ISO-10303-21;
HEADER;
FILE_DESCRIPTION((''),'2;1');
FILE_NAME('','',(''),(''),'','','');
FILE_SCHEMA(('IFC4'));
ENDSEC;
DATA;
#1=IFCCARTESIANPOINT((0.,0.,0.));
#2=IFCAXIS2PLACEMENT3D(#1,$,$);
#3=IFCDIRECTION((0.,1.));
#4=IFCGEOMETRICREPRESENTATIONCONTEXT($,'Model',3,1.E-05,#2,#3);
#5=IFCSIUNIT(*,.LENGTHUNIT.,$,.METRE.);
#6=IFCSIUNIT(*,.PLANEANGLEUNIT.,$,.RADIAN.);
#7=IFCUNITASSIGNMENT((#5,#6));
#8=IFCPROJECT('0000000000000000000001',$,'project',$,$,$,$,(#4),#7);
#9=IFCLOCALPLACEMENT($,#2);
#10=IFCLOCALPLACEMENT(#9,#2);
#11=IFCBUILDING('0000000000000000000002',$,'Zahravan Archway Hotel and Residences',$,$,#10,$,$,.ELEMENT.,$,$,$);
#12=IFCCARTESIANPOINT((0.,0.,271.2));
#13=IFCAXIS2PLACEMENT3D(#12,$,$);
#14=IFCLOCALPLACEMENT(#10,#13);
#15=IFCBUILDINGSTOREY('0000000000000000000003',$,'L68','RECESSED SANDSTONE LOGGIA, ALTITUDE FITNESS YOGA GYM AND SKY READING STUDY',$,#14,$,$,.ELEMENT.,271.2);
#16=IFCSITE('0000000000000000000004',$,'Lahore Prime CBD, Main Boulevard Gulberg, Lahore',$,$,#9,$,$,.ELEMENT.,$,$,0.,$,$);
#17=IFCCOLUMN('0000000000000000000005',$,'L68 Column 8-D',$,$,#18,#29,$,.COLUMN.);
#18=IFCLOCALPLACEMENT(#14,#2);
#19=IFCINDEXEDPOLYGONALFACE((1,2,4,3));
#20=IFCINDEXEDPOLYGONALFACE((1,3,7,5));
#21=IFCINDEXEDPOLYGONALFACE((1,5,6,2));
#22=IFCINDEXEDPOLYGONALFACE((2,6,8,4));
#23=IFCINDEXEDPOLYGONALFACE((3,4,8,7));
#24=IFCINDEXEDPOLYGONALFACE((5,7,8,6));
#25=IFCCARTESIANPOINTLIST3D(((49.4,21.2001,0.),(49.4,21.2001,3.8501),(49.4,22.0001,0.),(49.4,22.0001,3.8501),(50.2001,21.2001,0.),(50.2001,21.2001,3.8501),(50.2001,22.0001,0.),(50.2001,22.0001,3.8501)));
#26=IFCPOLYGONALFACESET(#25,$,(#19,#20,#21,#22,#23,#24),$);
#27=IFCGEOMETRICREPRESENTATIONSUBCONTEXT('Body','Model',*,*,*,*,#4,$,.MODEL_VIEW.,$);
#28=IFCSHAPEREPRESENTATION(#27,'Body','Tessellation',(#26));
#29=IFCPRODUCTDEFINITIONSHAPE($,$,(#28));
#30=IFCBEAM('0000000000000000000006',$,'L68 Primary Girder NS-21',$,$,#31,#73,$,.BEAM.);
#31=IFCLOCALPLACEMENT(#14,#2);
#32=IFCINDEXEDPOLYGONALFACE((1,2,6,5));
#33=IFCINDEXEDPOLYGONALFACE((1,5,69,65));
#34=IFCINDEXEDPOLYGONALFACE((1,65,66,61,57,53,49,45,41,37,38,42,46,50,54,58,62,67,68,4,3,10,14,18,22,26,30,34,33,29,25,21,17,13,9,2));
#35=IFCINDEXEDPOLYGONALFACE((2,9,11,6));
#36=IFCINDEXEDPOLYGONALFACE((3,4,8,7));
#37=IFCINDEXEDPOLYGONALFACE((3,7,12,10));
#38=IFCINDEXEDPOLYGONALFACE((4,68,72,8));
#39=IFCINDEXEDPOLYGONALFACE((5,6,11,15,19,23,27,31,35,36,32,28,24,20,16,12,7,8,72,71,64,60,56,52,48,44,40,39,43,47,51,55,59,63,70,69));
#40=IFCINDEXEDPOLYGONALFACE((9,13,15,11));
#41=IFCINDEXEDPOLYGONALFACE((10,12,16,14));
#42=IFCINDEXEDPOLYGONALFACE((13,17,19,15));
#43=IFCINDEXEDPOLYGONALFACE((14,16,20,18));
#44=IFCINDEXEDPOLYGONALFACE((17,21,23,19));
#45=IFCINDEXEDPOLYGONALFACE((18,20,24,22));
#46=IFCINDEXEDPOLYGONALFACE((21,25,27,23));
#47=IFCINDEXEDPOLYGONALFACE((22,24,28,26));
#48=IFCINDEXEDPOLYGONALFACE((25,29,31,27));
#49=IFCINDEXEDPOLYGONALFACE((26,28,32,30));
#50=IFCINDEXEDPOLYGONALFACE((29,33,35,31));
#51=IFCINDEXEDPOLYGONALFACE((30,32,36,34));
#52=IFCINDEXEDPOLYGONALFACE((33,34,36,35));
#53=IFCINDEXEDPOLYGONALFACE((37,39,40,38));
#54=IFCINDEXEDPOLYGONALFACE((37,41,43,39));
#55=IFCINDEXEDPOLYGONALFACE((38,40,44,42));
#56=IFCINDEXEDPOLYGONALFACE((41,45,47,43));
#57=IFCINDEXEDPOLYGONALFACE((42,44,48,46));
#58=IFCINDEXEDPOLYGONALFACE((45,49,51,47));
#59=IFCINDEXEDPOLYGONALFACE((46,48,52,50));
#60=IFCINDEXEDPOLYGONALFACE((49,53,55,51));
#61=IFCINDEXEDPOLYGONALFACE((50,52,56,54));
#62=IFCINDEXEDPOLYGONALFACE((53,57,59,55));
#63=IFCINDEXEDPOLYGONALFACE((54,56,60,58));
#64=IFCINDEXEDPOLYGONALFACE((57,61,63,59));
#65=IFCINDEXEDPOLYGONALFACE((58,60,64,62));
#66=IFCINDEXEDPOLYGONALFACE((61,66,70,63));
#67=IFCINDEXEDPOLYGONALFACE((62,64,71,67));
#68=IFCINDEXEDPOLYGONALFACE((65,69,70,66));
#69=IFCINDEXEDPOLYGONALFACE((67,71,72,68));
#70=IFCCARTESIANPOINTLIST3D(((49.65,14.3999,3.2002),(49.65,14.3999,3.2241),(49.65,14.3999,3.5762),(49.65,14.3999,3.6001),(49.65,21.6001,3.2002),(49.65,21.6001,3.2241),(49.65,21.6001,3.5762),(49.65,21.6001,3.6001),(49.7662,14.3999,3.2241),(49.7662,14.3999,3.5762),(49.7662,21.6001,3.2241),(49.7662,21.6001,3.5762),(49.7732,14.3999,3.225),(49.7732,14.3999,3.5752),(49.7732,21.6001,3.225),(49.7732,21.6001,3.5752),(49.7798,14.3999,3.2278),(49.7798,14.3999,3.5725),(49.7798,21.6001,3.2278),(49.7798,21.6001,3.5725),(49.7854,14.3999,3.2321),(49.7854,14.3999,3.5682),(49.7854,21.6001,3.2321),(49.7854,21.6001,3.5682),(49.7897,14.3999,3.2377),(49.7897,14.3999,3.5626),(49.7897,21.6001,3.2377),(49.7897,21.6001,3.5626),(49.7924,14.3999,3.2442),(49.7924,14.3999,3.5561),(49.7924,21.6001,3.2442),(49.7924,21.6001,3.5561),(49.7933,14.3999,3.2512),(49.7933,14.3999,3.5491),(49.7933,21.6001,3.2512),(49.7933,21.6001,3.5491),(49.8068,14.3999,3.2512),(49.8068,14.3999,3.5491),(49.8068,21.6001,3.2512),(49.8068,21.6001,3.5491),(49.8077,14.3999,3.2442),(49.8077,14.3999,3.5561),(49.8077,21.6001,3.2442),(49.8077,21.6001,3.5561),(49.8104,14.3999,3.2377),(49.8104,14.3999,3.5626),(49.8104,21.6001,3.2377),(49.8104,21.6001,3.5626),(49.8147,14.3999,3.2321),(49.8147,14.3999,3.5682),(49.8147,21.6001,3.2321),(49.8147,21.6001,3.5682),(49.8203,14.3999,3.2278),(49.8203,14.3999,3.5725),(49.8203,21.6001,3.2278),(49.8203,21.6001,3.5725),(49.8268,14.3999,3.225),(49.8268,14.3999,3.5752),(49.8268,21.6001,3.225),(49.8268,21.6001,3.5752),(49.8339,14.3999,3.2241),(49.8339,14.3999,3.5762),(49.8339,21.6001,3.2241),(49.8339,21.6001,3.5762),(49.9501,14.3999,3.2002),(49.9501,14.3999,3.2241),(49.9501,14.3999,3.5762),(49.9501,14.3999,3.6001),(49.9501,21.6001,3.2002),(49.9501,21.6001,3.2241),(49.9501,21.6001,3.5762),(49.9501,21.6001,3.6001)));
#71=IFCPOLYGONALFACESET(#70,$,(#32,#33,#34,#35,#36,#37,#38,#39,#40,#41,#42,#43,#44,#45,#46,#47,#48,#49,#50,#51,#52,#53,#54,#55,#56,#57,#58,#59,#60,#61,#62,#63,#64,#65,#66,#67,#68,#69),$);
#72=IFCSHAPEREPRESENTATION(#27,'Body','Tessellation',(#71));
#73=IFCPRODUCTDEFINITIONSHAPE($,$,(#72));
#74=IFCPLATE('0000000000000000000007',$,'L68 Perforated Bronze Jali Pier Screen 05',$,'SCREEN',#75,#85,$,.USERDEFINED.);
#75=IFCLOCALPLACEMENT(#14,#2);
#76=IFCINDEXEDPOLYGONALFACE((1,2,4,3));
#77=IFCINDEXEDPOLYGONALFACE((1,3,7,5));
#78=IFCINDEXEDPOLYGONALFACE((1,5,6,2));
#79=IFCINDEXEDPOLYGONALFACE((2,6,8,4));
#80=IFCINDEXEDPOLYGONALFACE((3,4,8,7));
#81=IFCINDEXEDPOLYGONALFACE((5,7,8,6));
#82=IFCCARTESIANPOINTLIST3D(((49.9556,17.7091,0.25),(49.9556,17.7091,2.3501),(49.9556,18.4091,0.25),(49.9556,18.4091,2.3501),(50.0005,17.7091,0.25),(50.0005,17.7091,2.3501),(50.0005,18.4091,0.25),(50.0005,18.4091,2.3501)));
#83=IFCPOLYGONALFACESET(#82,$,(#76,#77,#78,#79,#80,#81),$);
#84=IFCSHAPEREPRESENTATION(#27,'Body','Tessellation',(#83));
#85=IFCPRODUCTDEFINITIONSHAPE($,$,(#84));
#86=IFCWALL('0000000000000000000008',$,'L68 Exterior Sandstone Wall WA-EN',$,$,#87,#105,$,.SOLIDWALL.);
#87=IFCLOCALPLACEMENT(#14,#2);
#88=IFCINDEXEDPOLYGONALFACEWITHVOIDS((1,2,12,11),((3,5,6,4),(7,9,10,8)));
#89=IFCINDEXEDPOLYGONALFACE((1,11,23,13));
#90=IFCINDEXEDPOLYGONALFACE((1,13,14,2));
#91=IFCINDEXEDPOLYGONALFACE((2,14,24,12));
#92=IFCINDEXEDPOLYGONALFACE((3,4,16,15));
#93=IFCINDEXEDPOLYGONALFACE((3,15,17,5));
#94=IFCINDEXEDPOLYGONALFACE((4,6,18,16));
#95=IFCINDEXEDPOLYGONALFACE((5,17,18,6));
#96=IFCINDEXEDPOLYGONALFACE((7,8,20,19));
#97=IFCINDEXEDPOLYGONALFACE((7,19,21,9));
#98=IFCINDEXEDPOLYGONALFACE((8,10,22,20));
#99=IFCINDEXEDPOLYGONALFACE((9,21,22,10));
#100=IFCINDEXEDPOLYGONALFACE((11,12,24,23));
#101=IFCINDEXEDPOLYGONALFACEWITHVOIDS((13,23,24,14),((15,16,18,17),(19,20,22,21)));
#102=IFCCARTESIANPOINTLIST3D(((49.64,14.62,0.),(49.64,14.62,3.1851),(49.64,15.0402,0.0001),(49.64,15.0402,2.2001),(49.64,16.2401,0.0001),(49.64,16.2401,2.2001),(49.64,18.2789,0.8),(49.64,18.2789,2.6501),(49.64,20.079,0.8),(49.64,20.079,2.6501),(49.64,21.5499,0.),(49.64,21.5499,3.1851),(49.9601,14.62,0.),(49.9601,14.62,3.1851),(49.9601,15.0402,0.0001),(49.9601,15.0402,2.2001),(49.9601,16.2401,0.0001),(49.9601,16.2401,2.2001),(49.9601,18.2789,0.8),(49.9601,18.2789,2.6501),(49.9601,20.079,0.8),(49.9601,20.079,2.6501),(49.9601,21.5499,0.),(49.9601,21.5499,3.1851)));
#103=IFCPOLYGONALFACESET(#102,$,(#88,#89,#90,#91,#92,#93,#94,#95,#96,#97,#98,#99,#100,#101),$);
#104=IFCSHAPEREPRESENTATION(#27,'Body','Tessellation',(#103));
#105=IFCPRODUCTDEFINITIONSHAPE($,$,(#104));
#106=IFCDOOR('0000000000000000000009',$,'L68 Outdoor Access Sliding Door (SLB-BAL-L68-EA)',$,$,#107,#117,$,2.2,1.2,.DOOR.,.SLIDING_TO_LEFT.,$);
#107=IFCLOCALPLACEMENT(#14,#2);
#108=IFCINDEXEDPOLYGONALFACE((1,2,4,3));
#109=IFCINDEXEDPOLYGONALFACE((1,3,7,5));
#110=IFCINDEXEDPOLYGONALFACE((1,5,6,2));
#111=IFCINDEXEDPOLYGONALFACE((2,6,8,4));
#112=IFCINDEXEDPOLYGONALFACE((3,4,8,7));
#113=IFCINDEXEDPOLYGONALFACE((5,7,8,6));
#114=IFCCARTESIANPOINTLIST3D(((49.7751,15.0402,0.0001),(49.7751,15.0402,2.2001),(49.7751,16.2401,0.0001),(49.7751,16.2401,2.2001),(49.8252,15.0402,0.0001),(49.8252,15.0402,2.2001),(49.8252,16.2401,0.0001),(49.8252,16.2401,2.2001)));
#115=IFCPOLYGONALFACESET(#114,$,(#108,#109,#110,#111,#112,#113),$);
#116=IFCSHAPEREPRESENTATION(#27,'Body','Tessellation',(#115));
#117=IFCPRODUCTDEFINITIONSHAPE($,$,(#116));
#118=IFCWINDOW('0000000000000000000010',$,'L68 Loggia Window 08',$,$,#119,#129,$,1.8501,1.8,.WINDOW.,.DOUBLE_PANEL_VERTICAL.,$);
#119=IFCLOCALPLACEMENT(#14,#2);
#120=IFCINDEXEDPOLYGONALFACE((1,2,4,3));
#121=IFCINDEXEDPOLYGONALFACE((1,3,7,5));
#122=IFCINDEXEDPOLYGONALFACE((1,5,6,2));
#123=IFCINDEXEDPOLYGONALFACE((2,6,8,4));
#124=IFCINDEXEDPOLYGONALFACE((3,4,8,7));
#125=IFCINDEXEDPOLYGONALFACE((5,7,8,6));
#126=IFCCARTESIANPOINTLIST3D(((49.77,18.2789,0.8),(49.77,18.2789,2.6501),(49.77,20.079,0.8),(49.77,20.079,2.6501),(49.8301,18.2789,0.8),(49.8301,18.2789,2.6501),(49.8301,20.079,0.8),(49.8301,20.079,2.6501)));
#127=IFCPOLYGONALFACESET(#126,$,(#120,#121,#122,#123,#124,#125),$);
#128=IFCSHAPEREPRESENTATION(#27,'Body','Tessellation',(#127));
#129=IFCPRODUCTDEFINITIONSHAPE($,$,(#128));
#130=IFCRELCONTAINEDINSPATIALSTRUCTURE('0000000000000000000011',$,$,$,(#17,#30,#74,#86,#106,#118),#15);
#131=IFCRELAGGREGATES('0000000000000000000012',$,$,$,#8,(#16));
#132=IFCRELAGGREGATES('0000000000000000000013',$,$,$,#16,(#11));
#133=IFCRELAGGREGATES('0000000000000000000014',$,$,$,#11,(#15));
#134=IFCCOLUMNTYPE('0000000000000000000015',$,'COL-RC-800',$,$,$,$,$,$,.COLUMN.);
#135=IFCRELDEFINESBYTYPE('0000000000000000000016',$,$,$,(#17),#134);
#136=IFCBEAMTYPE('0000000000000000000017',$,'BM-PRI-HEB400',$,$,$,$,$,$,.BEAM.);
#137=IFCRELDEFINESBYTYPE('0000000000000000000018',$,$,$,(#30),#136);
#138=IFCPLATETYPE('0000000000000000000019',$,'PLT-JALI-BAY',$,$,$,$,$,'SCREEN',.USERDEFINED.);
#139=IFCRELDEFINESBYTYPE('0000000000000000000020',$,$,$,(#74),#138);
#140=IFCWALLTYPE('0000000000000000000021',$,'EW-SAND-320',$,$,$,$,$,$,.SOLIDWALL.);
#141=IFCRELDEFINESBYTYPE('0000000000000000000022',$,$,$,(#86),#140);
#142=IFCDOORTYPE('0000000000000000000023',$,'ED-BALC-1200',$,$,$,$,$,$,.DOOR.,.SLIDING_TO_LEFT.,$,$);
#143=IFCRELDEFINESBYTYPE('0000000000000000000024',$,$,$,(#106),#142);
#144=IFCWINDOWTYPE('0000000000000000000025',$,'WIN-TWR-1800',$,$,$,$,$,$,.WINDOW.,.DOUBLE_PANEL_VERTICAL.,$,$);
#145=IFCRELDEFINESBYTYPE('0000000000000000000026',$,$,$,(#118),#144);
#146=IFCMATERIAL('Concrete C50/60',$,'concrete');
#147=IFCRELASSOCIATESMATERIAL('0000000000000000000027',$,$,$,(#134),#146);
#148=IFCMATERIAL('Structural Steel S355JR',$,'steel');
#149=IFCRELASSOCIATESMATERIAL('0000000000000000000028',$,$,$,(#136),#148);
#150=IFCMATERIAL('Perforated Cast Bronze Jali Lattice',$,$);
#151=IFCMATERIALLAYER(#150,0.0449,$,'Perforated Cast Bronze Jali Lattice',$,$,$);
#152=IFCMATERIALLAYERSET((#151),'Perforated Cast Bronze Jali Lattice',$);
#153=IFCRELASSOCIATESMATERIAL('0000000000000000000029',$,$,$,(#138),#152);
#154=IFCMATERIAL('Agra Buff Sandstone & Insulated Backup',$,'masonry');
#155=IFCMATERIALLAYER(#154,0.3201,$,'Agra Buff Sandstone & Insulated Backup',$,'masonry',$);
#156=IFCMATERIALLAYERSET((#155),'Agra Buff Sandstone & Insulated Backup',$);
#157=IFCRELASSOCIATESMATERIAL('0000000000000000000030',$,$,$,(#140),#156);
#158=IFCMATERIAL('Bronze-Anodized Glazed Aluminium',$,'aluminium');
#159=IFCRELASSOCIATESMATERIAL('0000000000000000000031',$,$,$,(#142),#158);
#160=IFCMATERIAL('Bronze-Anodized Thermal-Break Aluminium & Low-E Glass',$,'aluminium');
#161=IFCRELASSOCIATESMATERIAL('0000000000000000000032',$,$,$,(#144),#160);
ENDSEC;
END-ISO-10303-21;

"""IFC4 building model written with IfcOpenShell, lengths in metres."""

from ifc_helpers import new_model, si_unit, direction, frame, frame_2d, origin, origin_2d, place, context, subcontext, project, spatial, rectangle, i_section, extrude, source, transform, mapped, material, layer, layer_set, material_profile, profile_set, type_object, type_shapes, element, fill, save


model = new_model("IFC4")

# Units and contexts
model_context = context("Model", 3, precision=1e-05, world=origin(), true_north=direction((0.0, 1.0)))
body_context = subcontext(model_context, "Body", "Model", "MODEL_VIEW")
ifc_project = project(units=[si_unit("LENGTHUNIT", "METRE"), si_unit("PLANEANGLEUNIT", "RADIAN")], contexts=[model_context])

# Site, building, storey
site_placement = place(None, origin())
site = spatial("IfcSite", under=ifc_project, at=site_placement, Name="Lahore Prime CBD, Main Boulevard Gulberg, Lahore", CompositionType="ELEMENT", RefElevation=0.0)
building_placement = place(site_placement, origin())
building = spatial("IfcBuilding", under=site, at=building_placement, Name="Zahravan Archway Hotel and Residences", CompositionType="ELEMENT")
storey_placement = place(building_placement, frame((0.0, 0.0, 271.2)))
storey = spatial("IfcBuildingStorey", under=building, at=storey_placement, Name="L68", Description="RECESSED SANDSTONE LOGGIA, ALTITUDE FITNESS YOGA GYM AND SKY READING STUDY", CompositionType="ELEMENT", Elevation=271.2)

# Column
ifc_material_1 = material(Name="Concrete C50/60", Category="concrete")
ifc_material_profile_1 = material_profile(ifc_material_1, rectangle(XDim=0.8, YDim=0.8, at=origin_2d()), Name="RC-COL-800x800", Category="concrete")
ifc_profile_set_1 = profile_set([ifc_material_profile_1], Name="Concrete C50/60")
column_type = type_object("IfcColumnType", Name="COL-RC-800", PredefinedType="COLUMN", material=ifc_profile_set_1)
shared_shape_1 = source(origin(), body_context, "Body", "SweptSolid", [
    extrude(rectangle(XDim=0.8, YDim=0.8, at=origin_2d()), origin(), (0.0, 0.0, 1.0), 3.8501),
])
column_placement = place(storey_placement, frame((49.8, 21.6001, 0.0), z_axis=(0.0, 0.0, 1.0), x_axis=(1.0, 0.0, 0.0)))
element("IfcColumn", 1, at=column_placement, inside=storey, type_object=column_type, Name="L68 Column 8-D", PredefinedType="COLUMN", context=body_context, shape_type="MappedRepresentation", body=[
    mapped(shared_shape_1, transform((0.0, 0.0, 0.0), scale=1.0)),
])

# Beam
ifc_material_2 = material(Name="Structural Steel S355JR", Category="steel")
ifc_material_profile_2 = material_profile(ifc_material_2, i_section(OverallWidth=0.3, OverallDepth=0.3999, WebThickness=0.0134, FlangeThickness=0.0239, FilletRadius=0.0271, at=origin_2d()), Name="HEB 400", Category="steel")
ifc_profile_set_2 = profile_set([ifc_material_profile_2], Name="Structural Steel S355JR")
beam_type = type_object("IfcBeamType", Name="BM-PRI-HEB400", PredefinedType="BEAM", material=ifc_profile_set_2)
shared_shape_2 = source(origin(), body_context, "Body", "SweptSolid", [
    extrude(i_section(OverallWidth=0.3, OverallDepth=0.3999, WebThickness=0.0134, FlangeThickness=0.0239, FilletRadius=0.0271, at=origin_2d()), origin(), (0.0, 0.0, 1.0), 7.2002),
])
beam_placement = place(storey_placement, frame((49.8, 14.3999, 3.4001), z_axis=(0.0, 1.0, 0.0), x_axis=(-1.0, 0.0, 0.0)))
element("IfcBeam", 2, at=beam_placement, inside=storey, type_object=beam_type, Name="L68 Primary Girder NS-21", PredefinedType="BEAM", context=body_context, shape_type="MappedRepresentation", body=[
    mapped(shared_shape_2, transform((0.0, 0.0, 0.0), scale=1.0)),
])

# Plate
ifc_material_3 = material(Name="Perforated Cast Bronze Jali Lattice")
ifc_layer_1 = layer(ifc_material_3, 0.0449, Name="Perforated Cast Bronze Jali Lattice")
ifc_layer_set_1 = layer_set([ifc_layer_1], Name="Perforated Cast Bronze Jali Lattice")
plate_type = type_object("IfcPlateType", Name="PLT-JALI-BAY", ElementType="SCREEN", PredefinedType="USERDEFINED", material=ifc_layer_set_1)
shared_shape_3 = source(origin(), body_context, "Body", "SweptSolid", [
    extrude(rectangle(XDim=0.7, YDim=0.0449, at=origin_2d()), origin(), (0.0, 0.0, 1.0), 2.1001),
])
type_shapes(plate_type, [shared_shape_3])
plate_placement = place(storey_placement, frame((49.978, 18.0591, 0.25), z_axis=(0.0, 0.0, 1.0), x_axis=(0.0, 1.0, 0.0)))
element("IfcPlate", 3, at=plate_placement, inside=storey, type_object=plate_type, Name="L68 Perforated Bronze Jali Pier Screen 05", ObjectType="SCREEN", PredefinedType="USERDEFINED", context=body_context, shape_type="MappedRepresentation", body=[
    mapped(shared_shape_3, transform((0.0, 0.0, 0.0), scale=1.0)),
])

# Wall, openings, door, window
ifc_material_4 = material(Name="Agra Buff Sandstone & Insulated Backup", Category="masonry")
ifc_layer_2 = layer(ifc_material_4, 0.3201, Name="Agra Buff Sandstone & Insulated Backup", Category="masonry")
ifc_layer_set_2 = layer_set([ifc_layer_2], Name="Agra Buff Sandstone & Insulated Backup")
wall_type_1 = type_object("IfcWallType", Name="EW-SAND-320", PredefinedType="SOLIDWALL", material=ifc_layer_set_2)
wall_1_placement = place(storey_placement, frame((49.8, 14.6201, 0.0), z_axis=(0.0, 0.0, 1.0), x_axis=(0.0, 1.0, 0.0)))
wall_1 = element("IfcWall", 4, at=wall_1_placement, inside=storey, type_object=wall_type_1, Name="L68 Exterior Sandstone Wall WA-EN", PredefinedType="SOLIDWALL", context=body_context, shape_type="SweptSolid", body=[
    extrude(rectangle(XDim=6.9299, YDim=0.3201, at=frame_2d((3.4648, 0.0))), origin(), (0.0, 0.0, 1.0), 3.1851),
])
opening_1_placement = place(wall_1_placement, frame((0.4199, 0.0, 0.0)))
opening_1 = element("IfcOpeningElement", 5, at=opening_1_placement, cuts=wall_1, PredefinedType="OPENING", context=body_context, shape_type="SweptSolid", body=[
    extrude(rectangle(XDim=1.2, YDim=2.2, at=frame_2d((0.6001, 1.1001))), frame((0.0, 0.1699, 0.0), z_axis=(0.0, -1.0, 0.0), x_axis=(1.0, 0.0, 0.0)), (0.0, 0.0, 1.0), 0.3401),
])
opening_2_placement = place(wall_1_placement, frame((3.6589, 0.0, 0.8)))
opening_2 = element("IfcOpeningElement", 6, at=opening_2_placement, cuts=wall_1, PredefinedType="OPENING", context=body_context, shape_type="SweptSolid", body=[
    extrude(rectangle(XDim=1.8, YDim=1.8501, at=frame_2d((0.8999, 0.925))), frame((0.0, 0.1699, 0.0), z_axis=(0.0, -1.0, 0.0), x_axis=(1.0, 0.0, 0.0)), (0.0, 0.0, 1.0), 0.3401),
])
ifc_material_5 = material(Name="Bronze-Anodized Glazed Aluminium", Category="aluminium")
door_type_1 = type_object("IfcDoorType", Name="ED-BALC-1200", OperationType="SLIDING_TO_LEFT", PredefinedType="DOOR", material=ifc_material_5)
shared_shape_4 = source(origin(), body_context, "Body", "SweptSolid", [
    extrude(rectangle(XDim=1.2, YDim=2.2, at=frame_2d((0.6001, 1.1001))), frame((0.0, 0.0249, 0.0), z_axis=(0.0, -1.0, 0.0), x_axis=(1.0, 0.0, 0.0)), (0.0, 0.0, 1.0), 0.05),
])
type_shapes(door_type_1, [shared_shape_4])
door_1_placement = place(opening_1_placement, origin())
door_1 = element("IfcDoor", 7, at=door_1_placement, inside=storey, type_object=door_type_1, Name="L68 Outdoor Access Sliding Door (SLB-BAL-L68-EA)", OperationType="SLIDING_TO_LEFT", OverallHeight=2.2, OverallWidth=1.2, PredefinedType="DOOR", context=body_context, shape_type="MappedRepresentation", body=[
    mapped(shared_shape_4, transform((0.0, 0.0, 0.0), scale=1.0)),
])
fill(opening_1, door_1)
ifc_material_6 = material(Name="Bronze-Anodized Thermal-Break Aluminium & Low-E Glass", Category="aluminium")
window_type = type_object("IfcWindowType", Name="WIN-TWR-1800", PartitioningType="DOUBLE_PANEL_VERTICAL", PredefinedType="WINDOW", material=ifc_material_6)
shared_shape_5 = source(origin(), body_context, "Body", "SweptSolid", [
    extrude(rectangle(XDim=1.8, YDim=1.8501, at=frame_2d((0.8999, 0.925))), frame((0.0, 0.03, 0.0), z_axis=(0.0, -1.0, 0.0), x_axis=(1.0, 0.0, 0.0)), (0.0, 0.0, 1.0), 0.0601),
])
type_shapes(window_type, [shared_shape_5])
window_placement = place(opening_2_placement, origin())
window = element("IfcWindow", 8, at=window_placement, inside=storey, type_object=window_type, Name="L68 Loggia Window 08", OverallHeight=1.8501, OverallWidth=1.8, PartitioningType="DOUBLE_PANEL_VERTICAL", PredefinedType="WINDOW", context=body_context, shape_type="MappedRepresentation", body=[
    mapped(shared_shape_5, transform((0.0, 0.0, 0.0), scale=1.0)),
])
fill(opening_2, window)

save(model, "model.ifc")
